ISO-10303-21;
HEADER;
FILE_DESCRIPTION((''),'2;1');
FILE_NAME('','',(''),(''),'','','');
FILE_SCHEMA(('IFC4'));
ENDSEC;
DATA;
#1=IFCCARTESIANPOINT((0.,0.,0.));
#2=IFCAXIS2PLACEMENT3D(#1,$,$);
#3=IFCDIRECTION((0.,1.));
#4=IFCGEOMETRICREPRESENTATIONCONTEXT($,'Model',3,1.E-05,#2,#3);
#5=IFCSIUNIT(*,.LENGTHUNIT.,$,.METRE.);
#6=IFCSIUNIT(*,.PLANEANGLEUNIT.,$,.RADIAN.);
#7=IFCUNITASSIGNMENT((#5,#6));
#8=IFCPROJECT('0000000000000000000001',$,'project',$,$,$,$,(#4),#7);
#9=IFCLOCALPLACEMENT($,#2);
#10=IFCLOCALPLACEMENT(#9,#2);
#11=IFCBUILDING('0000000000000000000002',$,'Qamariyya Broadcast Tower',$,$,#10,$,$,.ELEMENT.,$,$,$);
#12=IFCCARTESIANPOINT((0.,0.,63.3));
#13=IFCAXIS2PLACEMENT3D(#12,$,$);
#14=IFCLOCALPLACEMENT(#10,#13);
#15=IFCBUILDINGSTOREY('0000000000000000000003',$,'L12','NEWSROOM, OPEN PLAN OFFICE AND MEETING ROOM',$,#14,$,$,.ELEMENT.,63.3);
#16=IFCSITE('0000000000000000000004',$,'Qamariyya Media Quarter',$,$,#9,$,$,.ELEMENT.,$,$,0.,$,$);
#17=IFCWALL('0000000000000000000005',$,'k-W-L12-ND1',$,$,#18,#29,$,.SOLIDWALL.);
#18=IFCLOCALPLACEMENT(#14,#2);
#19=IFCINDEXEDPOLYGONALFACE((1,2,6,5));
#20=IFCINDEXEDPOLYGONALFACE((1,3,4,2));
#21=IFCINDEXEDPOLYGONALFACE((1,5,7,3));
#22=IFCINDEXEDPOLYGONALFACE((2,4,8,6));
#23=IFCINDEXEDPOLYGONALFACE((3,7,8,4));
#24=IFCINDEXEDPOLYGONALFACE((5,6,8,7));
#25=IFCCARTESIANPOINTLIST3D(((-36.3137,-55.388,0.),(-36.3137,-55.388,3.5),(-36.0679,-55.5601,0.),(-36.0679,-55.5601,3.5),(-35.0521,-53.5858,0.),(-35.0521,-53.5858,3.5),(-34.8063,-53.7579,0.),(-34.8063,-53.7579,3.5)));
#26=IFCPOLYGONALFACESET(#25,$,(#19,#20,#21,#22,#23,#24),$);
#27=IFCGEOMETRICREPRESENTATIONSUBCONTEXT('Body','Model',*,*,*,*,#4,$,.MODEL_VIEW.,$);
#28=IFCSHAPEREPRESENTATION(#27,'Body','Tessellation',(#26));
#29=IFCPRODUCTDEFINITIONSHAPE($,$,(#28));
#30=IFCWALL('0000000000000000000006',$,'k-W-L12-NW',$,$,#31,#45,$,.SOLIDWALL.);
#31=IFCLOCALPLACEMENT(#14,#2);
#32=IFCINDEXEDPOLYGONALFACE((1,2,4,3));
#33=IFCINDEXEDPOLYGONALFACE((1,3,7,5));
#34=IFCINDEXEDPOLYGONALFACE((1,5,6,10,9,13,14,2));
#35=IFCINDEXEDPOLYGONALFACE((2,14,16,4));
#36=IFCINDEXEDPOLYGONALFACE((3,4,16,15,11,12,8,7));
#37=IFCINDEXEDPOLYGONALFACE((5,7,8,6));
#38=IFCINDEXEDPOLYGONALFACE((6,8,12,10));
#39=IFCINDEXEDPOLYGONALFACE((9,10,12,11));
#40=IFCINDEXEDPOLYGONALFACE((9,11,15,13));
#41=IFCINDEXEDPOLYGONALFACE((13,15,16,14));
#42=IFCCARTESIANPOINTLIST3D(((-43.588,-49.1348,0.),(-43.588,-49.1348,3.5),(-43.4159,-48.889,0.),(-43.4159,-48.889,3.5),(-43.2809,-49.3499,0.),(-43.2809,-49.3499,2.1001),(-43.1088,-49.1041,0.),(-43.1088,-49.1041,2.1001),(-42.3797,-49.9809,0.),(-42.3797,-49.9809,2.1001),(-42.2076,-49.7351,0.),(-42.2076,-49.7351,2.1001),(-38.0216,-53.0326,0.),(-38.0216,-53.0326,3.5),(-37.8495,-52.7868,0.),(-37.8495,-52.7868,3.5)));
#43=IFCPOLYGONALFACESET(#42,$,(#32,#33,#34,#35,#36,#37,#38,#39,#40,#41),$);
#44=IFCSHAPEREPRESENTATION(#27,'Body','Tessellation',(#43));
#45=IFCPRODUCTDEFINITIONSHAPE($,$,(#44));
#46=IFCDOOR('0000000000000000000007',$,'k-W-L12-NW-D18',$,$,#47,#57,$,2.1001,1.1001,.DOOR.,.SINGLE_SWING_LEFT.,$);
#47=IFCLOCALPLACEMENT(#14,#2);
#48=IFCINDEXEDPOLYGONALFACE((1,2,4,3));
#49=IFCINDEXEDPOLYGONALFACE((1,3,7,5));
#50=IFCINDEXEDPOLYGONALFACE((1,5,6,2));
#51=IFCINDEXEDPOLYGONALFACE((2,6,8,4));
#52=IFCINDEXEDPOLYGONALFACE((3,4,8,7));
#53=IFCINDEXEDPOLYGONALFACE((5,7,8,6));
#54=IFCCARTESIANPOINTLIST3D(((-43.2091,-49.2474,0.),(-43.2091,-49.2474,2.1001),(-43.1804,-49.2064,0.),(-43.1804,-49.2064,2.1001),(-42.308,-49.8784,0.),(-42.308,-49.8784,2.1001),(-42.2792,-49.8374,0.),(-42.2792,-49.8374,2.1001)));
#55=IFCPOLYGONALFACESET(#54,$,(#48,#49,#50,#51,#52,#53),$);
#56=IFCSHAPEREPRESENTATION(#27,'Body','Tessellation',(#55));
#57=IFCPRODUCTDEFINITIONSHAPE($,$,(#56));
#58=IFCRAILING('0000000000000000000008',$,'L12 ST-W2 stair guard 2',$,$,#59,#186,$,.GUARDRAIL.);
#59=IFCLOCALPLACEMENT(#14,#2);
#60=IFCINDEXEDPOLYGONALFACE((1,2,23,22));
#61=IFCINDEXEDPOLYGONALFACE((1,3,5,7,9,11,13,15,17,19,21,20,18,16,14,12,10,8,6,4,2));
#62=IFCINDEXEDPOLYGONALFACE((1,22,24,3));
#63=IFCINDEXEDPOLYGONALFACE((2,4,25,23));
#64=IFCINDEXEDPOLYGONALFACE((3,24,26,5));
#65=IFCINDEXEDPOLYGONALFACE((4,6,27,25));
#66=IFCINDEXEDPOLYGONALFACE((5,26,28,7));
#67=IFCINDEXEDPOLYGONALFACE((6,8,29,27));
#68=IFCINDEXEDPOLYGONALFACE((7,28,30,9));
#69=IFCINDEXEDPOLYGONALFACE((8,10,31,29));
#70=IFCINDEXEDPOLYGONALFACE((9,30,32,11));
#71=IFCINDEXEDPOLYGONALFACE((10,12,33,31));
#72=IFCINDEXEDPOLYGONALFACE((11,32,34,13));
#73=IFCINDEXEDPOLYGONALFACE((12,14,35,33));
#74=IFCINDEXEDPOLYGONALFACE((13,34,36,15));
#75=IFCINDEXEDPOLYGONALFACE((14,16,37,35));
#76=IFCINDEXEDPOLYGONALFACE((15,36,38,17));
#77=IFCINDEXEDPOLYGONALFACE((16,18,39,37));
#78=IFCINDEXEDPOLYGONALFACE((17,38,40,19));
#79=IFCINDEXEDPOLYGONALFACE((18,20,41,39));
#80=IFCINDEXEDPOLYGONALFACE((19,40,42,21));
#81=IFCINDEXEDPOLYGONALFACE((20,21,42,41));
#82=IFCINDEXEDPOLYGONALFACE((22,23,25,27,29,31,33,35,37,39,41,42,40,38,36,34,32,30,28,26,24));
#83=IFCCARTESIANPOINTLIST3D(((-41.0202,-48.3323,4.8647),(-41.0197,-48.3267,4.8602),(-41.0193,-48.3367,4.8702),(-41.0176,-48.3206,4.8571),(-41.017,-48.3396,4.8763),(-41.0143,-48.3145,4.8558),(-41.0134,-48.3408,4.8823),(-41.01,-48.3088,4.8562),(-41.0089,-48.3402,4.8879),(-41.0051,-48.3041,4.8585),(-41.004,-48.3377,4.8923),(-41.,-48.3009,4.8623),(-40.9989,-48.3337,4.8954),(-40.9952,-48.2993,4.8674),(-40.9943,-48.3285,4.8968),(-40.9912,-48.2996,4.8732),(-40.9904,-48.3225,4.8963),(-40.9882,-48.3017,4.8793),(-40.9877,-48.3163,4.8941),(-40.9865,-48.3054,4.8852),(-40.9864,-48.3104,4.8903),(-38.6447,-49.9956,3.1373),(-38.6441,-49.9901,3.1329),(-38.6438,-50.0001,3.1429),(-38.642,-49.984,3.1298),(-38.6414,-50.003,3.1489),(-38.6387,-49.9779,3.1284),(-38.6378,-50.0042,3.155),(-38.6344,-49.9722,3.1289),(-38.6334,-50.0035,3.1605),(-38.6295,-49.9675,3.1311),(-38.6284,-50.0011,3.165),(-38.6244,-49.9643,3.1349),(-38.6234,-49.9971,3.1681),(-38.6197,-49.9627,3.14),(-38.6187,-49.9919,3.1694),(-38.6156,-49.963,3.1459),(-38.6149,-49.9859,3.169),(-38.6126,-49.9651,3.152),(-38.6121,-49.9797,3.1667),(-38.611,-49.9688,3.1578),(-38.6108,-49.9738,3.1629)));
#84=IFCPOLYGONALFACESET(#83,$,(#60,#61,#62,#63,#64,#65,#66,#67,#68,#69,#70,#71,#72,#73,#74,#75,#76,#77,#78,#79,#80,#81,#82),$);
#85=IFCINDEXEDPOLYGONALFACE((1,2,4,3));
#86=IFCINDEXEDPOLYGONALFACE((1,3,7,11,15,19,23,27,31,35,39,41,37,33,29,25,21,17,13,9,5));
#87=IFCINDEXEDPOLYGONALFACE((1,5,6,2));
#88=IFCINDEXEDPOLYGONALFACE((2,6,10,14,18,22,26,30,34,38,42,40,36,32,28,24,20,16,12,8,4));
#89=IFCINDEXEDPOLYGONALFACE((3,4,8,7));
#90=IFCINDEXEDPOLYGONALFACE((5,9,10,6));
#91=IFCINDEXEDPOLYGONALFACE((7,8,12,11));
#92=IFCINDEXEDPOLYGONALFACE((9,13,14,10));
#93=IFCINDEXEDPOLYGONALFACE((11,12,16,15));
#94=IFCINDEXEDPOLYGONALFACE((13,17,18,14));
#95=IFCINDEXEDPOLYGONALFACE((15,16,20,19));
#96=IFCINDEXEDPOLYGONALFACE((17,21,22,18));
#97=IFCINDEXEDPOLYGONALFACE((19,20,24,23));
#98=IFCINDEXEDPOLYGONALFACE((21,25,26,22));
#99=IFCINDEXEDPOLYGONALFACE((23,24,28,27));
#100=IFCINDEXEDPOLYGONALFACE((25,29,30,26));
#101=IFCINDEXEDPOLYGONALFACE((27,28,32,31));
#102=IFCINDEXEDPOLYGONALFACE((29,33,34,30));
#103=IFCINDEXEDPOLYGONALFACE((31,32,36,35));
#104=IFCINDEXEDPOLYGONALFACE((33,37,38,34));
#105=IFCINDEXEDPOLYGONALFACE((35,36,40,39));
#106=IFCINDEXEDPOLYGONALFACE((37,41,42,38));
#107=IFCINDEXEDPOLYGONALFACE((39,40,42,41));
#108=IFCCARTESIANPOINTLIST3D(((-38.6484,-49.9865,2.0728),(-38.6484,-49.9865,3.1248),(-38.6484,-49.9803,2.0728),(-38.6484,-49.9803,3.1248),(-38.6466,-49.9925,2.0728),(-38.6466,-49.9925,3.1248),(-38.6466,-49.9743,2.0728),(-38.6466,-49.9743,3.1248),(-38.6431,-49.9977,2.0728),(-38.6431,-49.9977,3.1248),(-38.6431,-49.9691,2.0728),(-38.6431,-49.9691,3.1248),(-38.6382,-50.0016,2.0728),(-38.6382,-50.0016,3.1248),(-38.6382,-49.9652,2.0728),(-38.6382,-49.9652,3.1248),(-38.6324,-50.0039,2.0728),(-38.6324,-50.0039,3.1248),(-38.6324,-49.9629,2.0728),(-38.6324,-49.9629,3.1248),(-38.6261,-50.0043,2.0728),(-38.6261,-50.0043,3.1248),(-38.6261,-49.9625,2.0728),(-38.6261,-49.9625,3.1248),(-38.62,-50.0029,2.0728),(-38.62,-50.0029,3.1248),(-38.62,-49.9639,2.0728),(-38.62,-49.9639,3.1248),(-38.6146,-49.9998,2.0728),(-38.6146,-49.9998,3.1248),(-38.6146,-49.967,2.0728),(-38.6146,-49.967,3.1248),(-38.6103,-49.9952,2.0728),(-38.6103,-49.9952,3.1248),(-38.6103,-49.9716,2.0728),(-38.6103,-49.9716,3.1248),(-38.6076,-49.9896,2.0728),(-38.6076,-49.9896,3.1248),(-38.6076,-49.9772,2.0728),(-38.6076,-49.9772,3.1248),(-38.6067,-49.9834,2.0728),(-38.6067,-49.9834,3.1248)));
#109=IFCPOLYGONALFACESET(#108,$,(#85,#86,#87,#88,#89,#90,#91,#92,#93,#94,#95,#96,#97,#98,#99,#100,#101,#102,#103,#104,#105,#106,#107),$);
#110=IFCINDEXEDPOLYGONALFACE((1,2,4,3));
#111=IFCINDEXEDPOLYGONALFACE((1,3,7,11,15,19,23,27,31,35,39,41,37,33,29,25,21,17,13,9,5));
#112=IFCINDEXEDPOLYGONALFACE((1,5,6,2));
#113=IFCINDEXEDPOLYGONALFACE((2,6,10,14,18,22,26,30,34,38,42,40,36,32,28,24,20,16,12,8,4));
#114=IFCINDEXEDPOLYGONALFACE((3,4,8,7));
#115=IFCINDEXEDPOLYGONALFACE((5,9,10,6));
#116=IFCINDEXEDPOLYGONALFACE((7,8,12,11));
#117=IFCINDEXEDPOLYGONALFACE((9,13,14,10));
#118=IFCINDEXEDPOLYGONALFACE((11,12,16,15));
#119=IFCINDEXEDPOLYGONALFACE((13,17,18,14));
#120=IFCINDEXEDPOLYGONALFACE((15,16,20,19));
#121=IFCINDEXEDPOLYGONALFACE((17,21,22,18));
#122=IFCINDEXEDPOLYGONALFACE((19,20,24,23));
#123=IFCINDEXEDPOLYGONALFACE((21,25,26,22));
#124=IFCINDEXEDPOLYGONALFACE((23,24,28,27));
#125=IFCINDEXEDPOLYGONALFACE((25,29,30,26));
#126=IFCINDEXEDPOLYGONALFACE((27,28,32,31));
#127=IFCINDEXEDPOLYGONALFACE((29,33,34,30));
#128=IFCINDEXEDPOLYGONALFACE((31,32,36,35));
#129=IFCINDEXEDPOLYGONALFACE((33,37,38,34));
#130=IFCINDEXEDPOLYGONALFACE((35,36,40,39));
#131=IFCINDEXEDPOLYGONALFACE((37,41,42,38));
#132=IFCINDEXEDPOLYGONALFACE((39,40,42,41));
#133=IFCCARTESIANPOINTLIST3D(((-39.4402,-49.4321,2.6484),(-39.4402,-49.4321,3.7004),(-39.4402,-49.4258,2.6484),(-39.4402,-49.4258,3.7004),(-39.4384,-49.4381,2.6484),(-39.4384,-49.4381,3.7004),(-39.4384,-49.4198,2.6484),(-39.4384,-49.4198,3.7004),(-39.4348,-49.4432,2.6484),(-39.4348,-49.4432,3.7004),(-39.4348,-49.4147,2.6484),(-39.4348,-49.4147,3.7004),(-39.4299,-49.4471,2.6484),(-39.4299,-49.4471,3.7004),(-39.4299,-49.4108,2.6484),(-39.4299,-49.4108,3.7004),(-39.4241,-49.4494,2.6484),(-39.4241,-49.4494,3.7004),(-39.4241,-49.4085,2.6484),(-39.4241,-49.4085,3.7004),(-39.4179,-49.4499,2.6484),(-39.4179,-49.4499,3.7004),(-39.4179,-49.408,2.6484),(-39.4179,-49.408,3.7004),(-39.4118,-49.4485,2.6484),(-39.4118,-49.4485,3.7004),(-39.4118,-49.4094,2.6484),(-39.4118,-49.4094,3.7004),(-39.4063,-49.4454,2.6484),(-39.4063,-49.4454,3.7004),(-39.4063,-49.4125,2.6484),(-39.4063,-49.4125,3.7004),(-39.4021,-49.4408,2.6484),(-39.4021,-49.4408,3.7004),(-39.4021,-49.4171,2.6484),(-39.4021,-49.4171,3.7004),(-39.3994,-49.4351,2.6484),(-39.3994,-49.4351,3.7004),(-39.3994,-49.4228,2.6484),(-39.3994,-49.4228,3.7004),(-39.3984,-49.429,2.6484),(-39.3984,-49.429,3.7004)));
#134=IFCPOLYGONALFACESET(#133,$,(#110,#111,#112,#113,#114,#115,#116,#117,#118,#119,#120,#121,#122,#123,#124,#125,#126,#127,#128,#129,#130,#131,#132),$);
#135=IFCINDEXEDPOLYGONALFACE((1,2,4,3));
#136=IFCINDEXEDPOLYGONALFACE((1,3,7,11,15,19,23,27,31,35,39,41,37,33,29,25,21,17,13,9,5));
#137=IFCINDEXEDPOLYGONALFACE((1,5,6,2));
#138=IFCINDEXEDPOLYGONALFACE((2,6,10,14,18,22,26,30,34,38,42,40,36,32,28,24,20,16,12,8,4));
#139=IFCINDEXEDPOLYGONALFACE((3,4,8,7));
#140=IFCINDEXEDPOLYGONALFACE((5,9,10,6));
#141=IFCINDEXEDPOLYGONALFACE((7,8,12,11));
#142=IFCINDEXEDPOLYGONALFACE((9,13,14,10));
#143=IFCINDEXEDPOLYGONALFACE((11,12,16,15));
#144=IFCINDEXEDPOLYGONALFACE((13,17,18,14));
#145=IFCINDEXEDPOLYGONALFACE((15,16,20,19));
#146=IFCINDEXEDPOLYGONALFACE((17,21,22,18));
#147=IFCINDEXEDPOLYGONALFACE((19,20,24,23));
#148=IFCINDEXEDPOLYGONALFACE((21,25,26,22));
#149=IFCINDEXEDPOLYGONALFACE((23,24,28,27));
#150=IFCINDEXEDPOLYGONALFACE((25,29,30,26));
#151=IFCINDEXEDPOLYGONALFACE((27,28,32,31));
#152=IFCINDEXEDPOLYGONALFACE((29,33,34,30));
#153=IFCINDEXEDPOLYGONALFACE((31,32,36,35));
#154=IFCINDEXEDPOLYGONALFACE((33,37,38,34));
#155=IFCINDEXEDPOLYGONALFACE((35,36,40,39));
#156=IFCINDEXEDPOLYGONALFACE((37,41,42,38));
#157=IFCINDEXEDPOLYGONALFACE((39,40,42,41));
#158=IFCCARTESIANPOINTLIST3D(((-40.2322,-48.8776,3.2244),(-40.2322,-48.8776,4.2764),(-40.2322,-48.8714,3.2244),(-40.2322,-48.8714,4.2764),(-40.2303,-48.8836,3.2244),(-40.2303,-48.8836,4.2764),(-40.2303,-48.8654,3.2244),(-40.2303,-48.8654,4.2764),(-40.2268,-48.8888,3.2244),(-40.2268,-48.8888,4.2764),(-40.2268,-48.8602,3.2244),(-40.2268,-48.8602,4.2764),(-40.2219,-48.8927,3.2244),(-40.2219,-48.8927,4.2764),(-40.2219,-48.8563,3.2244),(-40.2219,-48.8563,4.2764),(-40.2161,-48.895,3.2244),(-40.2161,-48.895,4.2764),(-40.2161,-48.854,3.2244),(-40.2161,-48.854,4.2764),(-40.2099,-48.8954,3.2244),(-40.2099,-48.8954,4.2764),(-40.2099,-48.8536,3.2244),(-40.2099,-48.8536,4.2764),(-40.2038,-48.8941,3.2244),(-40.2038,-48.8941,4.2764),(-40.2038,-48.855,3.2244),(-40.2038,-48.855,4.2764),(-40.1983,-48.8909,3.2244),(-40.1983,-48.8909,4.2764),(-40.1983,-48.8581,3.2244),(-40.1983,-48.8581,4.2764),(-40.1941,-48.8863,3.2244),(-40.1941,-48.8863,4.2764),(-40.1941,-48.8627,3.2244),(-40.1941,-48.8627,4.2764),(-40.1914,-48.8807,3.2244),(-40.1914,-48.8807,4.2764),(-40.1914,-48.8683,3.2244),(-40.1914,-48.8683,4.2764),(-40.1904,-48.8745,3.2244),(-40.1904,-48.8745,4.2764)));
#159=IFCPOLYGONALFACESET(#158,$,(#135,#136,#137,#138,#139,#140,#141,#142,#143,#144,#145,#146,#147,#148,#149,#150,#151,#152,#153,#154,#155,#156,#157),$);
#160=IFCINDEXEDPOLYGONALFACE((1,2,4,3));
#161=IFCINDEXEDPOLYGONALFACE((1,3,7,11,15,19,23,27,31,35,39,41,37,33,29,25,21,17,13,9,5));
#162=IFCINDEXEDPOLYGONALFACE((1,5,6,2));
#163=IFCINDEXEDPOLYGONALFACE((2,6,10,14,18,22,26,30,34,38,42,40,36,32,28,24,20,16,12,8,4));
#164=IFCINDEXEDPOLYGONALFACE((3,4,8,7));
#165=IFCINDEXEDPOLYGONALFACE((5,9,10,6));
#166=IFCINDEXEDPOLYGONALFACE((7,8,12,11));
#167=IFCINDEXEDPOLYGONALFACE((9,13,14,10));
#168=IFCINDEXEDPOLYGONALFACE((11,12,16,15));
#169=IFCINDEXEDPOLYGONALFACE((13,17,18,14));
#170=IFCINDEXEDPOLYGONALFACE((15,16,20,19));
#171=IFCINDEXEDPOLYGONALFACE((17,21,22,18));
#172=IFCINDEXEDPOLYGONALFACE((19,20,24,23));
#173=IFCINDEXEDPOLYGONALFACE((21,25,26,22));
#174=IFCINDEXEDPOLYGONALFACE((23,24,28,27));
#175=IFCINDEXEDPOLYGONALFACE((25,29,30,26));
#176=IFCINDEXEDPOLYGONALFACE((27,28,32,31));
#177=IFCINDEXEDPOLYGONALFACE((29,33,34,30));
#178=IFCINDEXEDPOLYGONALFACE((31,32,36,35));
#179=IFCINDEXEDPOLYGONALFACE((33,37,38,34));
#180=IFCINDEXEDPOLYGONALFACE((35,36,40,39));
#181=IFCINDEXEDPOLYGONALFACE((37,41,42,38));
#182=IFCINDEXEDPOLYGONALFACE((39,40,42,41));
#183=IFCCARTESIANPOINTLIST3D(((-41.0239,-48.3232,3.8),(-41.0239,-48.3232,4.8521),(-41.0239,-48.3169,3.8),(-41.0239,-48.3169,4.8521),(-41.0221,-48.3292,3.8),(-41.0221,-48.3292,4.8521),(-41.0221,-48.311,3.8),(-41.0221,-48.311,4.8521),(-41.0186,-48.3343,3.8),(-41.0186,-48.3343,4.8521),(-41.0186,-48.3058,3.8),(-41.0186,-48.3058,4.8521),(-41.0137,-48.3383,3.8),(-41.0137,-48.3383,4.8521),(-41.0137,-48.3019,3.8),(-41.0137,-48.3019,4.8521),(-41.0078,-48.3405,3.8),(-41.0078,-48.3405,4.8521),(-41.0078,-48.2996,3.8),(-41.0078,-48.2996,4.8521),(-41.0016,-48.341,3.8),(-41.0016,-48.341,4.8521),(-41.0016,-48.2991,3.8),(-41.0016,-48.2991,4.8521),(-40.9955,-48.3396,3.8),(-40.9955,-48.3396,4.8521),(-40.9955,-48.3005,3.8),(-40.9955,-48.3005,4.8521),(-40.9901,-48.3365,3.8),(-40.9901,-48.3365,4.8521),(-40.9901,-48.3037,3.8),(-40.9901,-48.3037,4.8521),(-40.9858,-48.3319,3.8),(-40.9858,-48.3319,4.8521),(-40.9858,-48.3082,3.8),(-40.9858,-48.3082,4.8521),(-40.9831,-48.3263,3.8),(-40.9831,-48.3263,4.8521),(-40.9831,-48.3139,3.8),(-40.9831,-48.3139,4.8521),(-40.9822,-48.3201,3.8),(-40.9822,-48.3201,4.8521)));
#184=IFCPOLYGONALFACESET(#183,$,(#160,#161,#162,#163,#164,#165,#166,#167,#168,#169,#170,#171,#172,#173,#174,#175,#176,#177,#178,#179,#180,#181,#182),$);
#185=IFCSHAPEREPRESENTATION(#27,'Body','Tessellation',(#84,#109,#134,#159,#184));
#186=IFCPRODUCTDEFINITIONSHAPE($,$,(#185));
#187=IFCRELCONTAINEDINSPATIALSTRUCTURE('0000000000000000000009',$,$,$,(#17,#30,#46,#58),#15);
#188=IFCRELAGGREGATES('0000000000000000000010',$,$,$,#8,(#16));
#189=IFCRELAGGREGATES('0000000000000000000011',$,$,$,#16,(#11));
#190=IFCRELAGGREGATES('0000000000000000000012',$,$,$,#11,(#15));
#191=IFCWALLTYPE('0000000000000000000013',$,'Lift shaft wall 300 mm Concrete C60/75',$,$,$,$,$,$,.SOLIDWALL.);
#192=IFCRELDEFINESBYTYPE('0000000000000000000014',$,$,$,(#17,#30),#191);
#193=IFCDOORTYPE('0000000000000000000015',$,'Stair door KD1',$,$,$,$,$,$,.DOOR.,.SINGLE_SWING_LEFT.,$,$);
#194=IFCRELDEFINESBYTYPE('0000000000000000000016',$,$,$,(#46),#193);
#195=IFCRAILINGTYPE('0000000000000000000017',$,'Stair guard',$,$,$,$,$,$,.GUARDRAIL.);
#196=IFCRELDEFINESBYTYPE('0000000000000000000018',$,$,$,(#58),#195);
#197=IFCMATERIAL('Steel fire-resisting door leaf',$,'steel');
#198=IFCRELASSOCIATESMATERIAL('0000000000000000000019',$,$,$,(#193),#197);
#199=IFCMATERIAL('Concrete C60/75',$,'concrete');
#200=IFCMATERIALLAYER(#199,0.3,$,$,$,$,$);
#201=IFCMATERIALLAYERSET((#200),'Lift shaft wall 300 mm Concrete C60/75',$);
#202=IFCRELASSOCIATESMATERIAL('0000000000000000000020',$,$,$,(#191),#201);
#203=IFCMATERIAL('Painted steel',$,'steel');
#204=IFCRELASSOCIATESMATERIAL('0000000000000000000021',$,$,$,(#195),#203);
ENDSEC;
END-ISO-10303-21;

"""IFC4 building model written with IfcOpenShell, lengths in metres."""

from ifc_helpers import new_model, si_unit, direction, frame, frame_2d, origin, origin_2d, place, context, subcontext, project, spatial, rectangle, circle, extrude, material, layer, layer_set, type_object, element, fill, save


model = new_model("IFC4")

# Units and contexts
model_context = context("Model", 3, precision=1e-05, world=origin(), true_north=direction((0.0, 1.0)))
body_context = subcontext(model_context, "Body", "Model", "MODEL_VIEW")
ifc_project = project(units=[si_unit("LENGTHUNIT", "METRE"), si_unit("PLANEANGLEUNIT", "RADIAN")], contexts=[model_context])

# Site, building, storey
site_placement = place(None, origin())
site = spatial("IfcSite", under=ifc_project, at=site_placement, Name="Qamariyya Media Quarter", CompositionType="ELEMENT", RefElevation=0.0)
building_placement = place(site_placement, origin())
building = spatial("IfcBuilding", under=site, at=building_placement, Name="Qamariyya Broadcast Tower", CompositionType="ELEMENT")
storey_placement = place(building_placement, frame((0.0, 0.0, 63.3)))
storey = spatial("IfcBuildingStorey", under=building, at=storey_placement, Name="L12", Description="NEWSROOM, OPEN PLAN OFFICE AND MEETING ROOM", CompositionType="ELEMENT", Elevation=63.3)

# Shared definitions
ifc_material_1 = material(Name="Steel fire-resisting door leaf", Category="steel")
door_type_1 = type_object("IfcDoorType", Name="Stair door KD1", OperationType="SINGLE_SWING_LEFT", PredefinedType="DOOR", material=ifc_material_1)

# Wall
ifc_material_2 = material(Name="Concrete C60/75", Category="concrete")
ifc_layer_1 = layer(ifc_material_2, 0.3)
ifc_layer_set_1 = layer_set([ifc_layer_1], Name="Lift shaft wall 300 mm Concrete C60/75")
wall_type_1 = type_object("IfcWallType", Name="Lift shaft wall 300 mm Concrete C60/75", PredefinedType="SOLIDWALL", material=ifc_layer_set_1)
wall_1_placement = place(storey_placement, frame((-36.1909, -55.4741, 0.0), z_axis=(0.0, 0.0, 1.0), x_axis=(0.573507, 0.819201, 0.0)))
element("IfcWall", 1, at=wall_1_placement, inside=storey, type_object=wall_type_1, Name="k-W-L12-ND1", PredefinedType="SOLIDWALL", context=body_context, shape_type="SweptSolid", body=[
    extrude(rectangle(XDim=2.2, YDim=0.3, at=frame_2d((1.1001, 0.0))), origin(), (0.0, 0.0, 1.0), 3.5),
])

# Wall, opening, door
wall_2_placement = place(storey_placement, frame((-37.9355, -52.9097, 0.0), z_axis=(0.0, 0.0, 1.0), x_axis=(-0.819148, 0.573583, 0.0)))
wall_2 = element("IfcWall", 2, at=wall_2_placement, inside=storey, type_object=wall_type_1, Name="k-W-L12-NW", PredefinedType="SOLIDWALL", context=body_context, shape_type="SweptSolid", body=[
    extrude(rectangle(XDim=6.7954, YDim=0.3, at=frame_2d((3.3977, 0.0))), origin(), (0.0, 0.0, 1.0), 3.5),
])
opening_1_placement = place(wall_2_placement, frame((5.3203, 0.0, 0.0)))
opening_1 = element("IfcOpeningElement", 3, at=opening_1_placement, cuts=wall_2, PredefinedType="OPENING", context=body_context, shape_type="SweptSolid", body=[
    extrude(rectangle(XDim=1.1001, YDim=2.1001, at=frame_2d((0.55, 1.05))), frame((0.0, 0.1599, 0.0), z_axis=(0.0, -1.0, 0.0), x_axis=(1.0, 0.0, 0.0)), (0.0, 0.0, 1.0), 0.3201),
])
door_1_placement = place(opening_1_placement, origin())
door_1 = element("IfcDoor", 4, at=door_1_placement, inside=storey, type_object=door_type_1, Name="k-W-L12-NW-D18", OperationType="SINGLE_SWING_LEFT", OverallHeight=2.1001, OverallWidth=1.1001, PredefinedType="DOOR", context=body_context, shape_type="SweptSolid", body=[
    extrude(rectangle(XDim=1.1001, YDim=2.1001, at=frame_2d((0.55, 1.05))), frame((0.0, 0.0249, 0.0), z_axis=(0.0, -1.0, 0.0), x_axis=(1.0, 0.0, 0.0)), (0.0, 0.0, 1.0), 0.05),
])
fill(opening_1, door_1)

# Railing
ifc_material_3 = material(Name="Painted steel", Category="steel")
railing_type = type_object("IfcRailingType", Name="Stair guard", PredefinedType="GUARDRAIL", material=ifc_material_3)
railing_placement = place(storey_placement, frame((-38.6277, -49.9834, 2.0728)))
element("IfcRailing", 5, at=railing_placement, inside=storey, type_object=railing_type, Name="L12 ST-W2 stair guard 2", PredefinedType="GUARDRAIL", context=body_context, shape_type="SweptSolid", body=[
    extrude(circle(Radius=0.0239, at=origin_2d()), frame((0.0, 0.0, 1.0762), z_axis=(-0.70377, 0.492784, 0.511734), x_axis=(-0.573575, -0.819153, 0.0)), (0.0, 0.0, 1.0), 3.3755),
    extrude(circle(Radius=0.021, at=origin_2d()), origin(), (0.0, 0.0, 1.0), 1.052),
    extrude(circle(Radius=0.021, at=origin_2d()), frame((-0.7917, 0.5544, 0.5757)), (0.0, 0.0, 1.0), 1.052),
    extrude(circle(Radius=0.021, at=origin_2d()), frame((-1.5837, 1.1089, 1.1516)), (0.0, 0.0, 1.0), 1.052),
    extrude(circle(Radius=0.021, at=origin_2d()), frame((-2.3755, 1.6633, 1.7273)), (0.0, 0.0, 1.0), 1.052),
])

save(model, "model.ifc")
